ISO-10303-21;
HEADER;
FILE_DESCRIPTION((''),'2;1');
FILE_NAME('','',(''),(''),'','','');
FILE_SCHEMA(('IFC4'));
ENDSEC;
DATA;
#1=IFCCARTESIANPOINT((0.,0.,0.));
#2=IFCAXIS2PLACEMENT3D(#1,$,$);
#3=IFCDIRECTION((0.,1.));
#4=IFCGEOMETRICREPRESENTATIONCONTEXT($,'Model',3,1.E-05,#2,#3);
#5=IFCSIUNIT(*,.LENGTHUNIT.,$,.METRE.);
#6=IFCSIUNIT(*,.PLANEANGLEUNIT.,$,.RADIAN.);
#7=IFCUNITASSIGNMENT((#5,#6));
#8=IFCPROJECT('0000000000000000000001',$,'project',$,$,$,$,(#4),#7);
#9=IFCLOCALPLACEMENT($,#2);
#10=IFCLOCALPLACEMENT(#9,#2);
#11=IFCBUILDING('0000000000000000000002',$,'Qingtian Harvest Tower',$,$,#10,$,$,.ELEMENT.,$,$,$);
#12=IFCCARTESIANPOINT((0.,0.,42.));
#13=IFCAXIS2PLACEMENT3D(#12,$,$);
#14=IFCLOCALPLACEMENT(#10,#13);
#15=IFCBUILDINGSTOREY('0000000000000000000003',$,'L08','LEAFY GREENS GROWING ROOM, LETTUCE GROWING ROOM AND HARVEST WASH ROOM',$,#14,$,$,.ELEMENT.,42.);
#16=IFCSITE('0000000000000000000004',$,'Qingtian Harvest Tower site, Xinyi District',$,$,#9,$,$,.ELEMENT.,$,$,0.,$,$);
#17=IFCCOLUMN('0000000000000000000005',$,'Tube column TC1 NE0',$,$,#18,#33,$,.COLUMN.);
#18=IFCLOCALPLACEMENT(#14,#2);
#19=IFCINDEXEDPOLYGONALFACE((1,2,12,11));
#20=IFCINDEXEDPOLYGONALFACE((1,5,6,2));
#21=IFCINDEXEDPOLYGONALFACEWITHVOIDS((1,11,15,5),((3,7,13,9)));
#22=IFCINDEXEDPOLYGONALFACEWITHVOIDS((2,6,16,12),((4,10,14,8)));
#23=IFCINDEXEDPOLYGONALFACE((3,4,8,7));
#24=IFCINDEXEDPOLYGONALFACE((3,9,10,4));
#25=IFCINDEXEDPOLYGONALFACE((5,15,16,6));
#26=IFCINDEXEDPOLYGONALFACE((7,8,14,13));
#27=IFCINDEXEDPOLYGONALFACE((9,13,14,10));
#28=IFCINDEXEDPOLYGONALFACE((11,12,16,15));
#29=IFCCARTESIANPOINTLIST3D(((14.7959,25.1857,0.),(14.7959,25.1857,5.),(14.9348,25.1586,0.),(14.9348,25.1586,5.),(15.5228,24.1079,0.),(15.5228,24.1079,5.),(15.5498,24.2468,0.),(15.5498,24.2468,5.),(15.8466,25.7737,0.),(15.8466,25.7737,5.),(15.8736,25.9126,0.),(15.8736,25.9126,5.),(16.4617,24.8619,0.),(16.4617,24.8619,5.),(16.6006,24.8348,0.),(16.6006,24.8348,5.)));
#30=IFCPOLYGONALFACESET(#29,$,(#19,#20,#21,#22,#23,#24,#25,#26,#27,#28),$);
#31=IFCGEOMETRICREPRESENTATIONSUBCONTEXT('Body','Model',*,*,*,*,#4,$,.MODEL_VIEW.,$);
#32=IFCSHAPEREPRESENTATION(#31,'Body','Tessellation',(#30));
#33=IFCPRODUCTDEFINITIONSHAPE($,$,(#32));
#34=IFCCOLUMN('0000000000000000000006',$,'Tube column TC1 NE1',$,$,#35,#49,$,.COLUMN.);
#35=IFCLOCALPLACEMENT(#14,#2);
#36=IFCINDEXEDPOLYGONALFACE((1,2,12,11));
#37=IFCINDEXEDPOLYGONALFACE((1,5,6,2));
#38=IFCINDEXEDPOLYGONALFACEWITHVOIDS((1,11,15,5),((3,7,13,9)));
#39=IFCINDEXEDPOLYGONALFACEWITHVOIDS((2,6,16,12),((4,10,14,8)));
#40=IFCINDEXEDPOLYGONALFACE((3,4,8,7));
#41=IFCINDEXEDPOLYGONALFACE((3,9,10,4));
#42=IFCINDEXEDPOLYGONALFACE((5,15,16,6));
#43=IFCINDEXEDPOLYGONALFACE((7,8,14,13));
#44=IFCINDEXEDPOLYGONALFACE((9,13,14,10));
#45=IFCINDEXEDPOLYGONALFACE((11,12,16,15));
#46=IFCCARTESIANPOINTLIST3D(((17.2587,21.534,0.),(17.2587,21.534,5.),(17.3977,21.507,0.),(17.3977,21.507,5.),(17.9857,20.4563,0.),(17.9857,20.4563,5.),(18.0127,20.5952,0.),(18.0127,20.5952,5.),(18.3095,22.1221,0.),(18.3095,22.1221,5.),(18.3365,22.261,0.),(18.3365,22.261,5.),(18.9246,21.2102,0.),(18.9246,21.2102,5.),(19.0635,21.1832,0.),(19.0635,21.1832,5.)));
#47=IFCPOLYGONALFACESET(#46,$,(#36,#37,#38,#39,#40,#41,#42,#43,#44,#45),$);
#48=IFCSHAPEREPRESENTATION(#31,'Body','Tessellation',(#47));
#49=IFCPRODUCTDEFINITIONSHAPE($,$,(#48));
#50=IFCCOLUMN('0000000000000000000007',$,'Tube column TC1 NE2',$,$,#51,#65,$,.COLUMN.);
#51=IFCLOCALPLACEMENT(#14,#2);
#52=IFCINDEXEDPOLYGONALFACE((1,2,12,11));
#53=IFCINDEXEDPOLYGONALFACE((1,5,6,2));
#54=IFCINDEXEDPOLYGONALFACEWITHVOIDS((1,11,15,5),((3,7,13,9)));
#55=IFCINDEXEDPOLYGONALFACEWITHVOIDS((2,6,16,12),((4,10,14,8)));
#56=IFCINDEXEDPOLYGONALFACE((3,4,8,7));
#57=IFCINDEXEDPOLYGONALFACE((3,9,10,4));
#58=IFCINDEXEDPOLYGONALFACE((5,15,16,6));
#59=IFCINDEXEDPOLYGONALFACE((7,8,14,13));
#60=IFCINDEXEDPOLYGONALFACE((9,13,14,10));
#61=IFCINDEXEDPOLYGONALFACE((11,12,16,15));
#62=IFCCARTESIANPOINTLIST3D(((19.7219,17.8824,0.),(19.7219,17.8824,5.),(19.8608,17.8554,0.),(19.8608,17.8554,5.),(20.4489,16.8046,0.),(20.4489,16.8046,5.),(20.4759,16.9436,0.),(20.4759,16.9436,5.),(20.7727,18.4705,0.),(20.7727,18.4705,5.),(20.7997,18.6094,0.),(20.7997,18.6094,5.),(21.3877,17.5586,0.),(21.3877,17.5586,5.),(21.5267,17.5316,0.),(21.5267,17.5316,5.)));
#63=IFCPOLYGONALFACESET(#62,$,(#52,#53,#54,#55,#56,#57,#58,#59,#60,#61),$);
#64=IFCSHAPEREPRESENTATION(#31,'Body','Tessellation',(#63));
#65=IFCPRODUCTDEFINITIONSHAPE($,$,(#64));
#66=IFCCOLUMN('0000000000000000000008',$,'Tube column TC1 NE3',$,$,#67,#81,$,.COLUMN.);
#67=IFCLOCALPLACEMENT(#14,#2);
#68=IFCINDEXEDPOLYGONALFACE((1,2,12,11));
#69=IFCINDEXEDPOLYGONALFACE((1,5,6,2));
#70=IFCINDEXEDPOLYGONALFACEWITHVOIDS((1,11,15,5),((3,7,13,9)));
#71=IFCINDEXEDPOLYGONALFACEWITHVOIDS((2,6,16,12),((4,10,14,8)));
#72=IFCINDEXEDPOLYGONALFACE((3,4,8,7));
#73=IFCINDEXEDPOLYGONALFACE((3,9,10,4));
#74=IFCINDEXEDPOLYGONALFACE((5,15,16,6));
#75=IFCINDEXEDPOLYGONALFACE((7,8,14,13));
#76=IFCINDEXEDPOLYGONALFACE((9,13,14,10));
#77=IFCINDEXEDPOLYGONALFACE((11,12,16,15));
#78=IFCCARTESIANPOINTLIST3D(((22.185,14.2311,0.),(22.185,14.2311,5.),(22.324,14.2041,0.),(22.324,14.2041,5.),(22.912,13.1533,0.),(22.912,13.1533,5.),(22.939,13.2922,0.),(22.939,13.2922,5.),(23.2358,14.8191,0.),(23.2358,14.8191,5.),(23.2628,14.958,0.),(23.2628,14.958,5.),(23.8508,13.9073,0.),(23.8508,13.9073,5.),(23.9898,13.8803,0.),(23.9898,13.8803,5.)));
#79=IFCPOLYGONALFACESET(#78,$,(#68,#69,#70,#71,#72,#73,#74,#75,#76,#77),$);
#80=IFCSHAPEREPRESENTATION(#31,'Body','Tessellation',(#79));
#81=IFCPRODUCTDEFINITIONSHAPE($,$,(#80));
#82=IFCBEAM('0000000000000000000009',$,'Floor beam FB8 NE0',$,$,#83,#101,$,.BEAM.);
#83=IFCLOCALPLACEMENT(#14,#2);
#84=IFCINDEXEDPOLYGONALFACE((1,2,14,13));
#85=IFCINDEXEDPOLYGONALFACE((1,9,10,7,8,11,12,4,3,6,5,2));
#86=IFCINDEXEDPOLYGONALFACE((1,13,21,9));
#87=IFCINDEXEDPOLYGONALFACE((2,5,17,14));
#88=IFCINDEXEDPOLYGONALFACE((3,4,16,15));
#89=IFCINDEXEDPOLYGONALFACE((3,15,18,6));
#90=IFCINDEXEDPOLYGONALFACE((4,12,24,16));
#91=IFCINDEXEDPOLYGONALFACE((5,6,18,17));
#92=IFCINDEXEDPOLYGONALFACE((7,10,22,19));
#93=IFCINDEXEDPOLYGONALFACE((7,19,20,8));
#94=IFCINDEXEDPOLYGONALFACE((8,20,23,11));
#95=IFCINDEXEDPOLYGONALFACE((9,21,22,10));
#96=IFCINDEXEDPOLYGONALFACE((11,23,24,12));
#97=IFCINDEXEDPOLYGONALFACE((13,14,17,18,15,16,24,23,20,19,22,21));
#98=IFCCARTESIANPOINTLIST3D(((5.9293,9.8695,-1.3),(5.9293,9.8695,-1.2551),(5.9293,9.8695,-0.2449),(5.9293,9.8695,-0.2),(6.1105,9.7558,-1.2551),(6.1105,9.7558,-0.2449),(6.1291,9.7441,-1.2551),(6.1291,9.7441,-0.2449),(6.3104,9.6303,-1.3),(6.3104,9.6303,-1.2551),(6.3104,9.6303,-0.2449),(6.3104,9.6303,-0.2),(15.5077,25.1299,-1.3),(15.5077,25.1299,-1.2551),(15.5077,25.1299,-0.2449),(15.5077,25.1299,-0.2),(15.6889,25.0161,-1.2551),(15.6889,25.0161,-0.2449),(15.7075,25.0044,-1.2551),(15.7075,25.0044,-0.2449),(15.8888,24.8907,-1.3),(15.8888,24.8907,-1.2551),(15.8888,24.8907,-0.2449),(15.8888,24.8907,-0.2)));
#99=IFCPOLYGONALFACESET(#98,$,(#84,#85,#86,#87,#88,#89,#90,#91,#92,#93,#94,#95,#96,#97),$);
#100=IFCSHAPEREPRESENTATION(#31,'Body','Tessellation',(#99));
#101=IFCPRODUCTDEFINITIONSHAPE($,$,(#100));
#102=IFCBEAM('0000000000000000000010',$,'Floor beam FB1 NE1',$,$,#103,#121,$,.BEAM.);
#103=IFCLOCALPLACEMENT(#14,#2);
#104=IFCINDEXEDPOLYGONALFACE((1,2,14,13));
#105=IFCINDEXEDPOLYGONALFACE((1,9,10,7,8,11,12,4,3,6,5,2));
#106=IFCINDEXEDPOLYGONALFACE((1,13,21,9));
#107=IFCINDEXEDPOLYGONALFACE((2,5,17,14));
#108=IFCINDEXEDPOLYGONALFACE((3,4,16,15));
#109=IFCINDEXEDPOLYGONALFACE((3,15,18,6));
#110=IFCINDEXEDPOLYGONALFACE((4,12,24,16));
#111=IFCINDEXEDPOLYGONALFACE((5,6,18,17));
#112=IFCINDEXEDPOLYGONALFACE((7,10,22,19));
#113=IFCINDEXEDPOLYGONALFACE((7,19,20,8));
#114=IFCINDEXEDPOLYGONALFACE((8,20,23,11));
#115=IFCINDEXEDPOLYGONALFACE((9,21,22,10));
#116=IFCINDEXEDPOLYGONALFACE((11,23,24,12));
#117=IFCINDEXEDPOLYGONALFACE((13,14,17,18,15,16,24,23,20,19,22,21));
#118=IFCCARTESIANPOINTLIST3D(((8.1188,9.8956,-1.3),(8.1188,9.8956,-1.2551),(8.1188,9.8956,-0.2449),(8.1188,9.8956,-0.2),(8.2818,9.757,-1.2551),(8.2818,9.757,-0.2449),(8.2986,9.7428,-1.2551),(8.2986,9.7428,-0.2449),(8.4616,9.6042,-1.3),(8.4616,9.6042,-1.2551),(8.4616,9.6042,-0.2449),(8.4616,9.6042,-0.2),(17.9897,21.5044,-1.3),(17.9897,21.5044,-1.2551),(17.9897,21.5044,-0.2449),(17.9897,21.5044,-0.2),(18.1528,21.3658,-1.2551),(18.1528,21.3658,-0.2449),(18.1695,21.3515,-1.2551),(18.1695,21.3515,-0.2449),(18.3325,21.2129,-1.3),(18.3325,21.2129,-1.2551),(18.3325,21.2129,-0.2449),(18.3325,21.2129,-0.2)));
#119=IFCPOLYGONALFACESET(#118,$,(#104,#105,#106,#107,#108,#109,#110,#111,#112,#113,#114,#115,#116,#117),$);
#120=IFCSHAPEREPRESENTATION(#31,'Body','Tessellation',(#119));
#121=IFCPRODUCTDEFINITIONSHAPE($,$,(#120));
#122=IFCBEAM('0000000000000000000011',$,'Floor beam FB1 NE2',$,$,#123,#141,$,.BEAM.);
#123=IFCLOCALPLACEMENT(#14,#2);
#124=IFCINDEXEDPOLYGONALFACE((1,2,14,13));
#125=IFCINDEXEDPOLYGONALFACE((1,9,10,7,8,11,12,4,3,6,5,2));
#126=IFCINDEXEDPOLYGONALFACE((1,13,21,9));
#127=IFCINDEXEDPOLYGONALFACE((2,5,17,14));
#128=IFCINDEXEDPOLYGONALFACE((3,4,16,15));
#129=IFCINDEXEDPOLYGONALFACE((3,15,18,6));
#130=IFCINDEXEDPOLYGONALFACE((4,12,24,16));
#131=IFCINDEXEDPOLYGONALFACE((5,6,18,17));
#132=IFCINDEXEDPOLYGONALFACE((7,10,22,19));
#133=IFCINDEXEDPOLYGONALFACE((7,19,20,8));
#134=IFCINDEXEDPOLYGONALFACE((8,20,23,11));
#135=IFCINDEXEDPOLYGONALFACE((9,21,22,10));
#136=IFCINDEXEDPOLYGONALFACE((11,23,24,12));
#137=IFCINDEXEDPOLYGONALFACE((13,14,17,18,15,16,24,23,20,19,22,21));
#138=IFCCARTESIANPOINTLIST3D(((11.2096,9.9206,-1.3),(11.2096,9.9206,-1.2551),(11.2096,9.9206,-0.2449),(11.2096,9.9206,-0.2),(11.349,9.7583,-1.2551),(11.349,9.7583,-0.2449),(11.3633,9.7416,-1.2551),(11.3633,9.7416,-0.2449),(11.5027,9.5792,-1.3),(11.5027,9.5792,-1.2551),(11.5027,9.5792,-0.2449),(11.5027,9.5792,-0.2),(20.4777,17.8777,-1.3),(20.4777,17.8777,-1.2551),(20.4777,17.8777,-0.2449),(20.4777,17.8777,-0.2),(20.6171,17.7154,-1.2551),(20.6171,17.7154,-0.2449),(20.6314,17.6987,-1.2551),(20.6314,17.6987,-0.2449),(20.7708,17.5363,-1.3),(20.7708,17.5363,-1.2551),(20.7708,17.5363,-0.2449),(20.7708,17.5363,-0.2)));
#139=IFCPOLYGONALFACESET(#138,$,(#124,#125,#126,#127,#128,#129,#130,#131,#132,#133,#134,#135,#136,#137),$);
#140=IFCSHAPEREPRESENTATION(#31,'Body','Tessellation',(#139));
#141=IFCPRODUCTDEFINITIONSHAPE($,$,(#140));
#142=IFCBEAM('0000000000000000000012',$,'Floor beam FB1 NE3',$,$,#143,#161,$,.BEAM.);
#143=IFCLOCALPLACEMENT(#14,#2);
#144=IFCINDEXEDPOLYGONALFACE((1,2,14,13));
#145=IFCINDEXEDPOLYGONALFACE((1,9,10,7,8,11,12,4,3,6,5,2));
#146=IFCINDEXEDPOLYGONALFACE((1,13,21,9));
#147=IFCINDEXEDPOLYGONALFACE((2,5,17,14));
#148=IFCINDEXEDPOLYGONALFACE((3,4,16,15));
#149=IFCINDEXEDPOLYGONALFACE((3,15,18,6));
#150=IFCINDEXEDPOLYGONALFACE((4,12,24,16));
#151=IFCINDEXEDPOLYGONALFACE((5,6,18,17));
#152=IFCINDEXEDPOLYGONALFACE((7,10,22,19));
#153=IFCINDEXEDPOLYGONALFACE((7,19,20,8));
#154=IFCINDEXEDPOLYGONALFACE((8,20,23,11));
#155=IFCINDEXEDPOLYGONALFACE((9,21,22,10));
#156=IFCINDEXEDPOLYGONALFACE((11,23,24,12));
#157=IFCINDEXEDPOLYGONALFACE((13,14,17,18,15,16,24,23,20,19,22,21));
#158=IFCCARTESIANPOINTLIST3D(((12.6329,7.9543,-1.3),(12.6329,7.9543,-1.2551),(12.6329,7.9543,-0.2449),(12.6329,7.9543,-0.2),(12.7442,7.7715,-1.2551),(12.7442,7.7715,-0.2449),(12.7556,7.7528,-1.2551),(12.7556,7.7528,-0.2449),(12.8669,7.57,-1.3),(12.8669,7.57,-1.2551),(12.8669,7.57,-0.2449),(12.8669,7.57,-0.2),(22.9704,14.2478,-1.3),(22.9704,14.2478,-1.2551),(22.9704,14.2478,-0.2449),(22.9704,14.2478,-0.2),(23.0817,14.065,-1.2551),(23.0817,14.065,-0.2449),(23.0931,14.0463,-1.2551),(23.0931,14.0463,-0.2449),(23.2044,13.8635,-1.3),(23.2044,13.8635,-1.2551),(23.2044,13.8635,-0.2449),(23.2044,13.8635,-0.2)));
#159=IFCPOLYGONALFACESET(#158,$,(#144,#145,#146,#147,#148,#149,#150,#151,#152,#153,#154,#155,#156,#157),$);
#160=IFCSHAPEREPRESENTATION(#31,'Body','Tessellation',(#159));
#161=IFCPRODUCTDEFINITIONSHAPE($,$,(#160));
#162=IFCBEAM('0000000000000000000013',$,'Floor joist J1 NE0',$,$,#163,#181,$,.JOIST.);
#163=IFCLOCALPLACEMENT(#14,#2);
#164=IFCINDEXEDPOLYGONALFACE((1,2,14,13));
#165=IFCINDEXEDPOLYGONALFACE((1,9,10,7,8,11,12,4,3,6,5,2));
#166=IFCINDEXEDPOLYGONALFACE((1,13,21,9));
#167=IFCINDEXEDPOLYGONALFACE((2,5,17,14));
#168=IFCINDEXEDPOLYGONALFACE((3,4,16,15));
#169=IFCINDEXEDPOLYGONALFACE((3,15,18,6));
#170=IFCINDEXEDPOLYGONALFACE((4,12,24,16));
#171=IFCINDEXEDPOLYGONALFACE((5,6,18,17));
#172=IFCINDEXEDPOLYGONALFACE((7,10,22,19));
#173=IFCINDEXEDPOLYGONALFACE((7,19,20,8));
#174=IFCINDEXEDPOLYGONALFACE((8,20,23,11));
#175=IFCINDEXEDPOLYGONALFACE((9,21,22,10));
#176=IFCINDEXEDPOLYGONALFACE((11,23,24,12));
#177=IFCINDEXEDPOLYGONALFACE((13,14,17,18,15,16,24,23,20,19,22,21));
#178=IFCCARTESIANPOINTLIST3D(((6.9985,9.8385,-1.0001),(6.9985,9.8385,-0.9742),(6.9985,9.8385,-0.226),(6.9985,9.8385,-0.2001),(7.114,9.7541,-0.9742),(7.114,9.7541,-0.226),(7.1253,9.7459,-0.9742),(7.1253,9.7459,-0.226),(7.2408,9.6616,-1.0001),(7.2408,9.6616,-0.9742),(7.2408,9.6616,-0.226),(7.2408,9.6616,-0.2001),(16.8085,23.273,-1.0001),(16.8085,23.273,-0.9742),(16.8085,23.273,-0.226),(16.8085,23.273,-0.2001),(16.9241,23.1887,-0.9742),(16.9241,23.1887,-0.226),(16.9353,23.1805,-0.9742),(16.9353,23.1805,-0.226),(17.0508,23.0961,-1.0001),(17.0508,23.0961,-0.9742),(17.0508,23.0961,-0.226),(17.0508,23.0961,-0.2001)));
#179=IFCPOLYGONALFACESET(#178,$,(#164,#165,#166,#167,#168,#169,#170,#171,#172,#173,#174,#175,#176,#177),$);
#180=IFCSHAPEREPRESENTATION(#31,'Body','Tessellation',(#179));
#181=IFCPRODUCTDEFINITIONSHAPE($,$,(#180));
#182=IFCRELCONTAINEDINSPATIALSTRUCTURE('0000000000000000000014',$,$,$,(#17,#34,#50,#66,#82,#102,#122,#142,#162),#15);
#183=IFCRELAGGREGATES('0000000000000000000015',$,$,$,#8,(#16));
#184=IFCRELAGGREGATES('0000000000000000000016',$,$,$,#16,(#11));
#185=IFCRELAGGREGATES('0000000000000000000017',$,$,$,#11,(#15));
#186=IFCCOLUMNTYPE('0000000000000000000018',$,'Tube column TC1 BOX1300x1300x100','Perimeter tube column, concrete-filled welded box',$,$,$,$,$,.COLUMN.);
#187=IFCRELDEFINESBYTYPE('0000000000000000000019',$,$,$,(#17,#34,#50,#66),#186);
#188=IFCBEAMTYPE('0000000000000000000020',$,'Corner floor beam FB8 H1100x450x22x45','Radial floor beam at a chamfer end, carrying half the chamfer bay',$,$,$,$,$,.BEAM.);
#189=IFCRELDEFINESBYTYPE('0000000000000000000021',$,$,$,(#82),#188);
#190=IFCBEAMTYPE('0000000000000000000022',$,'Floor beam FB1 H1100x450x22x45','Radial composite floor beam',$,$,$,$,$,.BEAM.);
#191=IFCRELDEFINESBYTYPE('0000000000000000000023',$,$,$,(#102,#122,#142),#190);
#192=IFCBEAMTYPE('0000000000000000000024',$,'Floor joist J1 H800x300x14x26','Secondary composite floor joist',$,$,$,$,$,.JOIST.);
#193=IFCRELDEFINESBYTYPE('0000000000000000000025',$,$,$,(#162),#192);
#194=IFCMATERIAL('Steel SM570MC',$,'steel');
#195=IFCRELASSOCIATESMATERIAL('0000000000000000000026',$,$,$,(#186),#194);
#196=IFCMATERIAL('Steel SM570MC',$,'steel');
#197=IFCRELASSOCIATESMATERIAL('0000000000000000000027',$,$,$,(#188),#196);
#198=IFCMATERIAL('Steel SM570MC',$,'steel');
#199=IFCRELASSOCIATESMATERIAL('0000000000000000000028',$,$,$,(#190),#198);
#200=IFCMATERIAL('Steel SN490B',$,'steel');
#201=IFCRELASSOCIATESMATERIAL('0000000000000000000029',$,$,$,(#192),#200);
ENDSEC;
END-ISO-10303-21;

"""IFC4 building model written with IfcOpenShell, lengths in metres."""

from ifc_helpers import new_model, si_unit, direction, frame, origin, origin_2d, place, context, subcontext, project, spatial, hollow_rectangle, i_section, extrude, material, material_profile, profile_set, type_object, element, save


model = new_model("IFC4")

# Units and contexts
model_context = context("Model", 3, precision=1e-05, world=origin(), true_north=direction((0.0, 1.0)))
body_context = subcontext(model_context, "Body", "Model", "MODEL_VIEW")
ifc_project = project(units=[si_unit("LENGTHUNIT", "METRE"), si_unit("PLANEANGLEUNIT", "RADIAN")], contexts=[model_context])

# Site, building, storey
site_placement = place(None, origin())
site = spatial("IfcSite", under=ifc_project, at=site_placement, Name="Qingtian Harvest Tower site, Xinyi District", CompositionType="ELEMENT", RefElevation=0.0)
building_placement = place(site_placement, origin())
building = spatial("IfcBuilding", under=site, at=building_placement, Name="Qingtian Harvest Tower", CompositionType="ELEMENT")
storey_placement = place(building_placement, frame((0.0, 0.0, 42.0)))
storey = spatial("IfcBuildingStorey", under=building, at=storey_placement, Name="L08", Description="LEAFY GREENS GROWING ROOM, LETTUCE GROWING ROOM AND HARVEST WASH ROOM", CompositionType="ELEMENT", Elevation=42.0)

# Columns
ifc_material_1 = material(Name="Steel SM570MC", Category="steel")
ifc_material_profile_1 = material_profile(ifc_material_1, hollow_rectangle(XDim=1.3, YDim=1.3, WallThickness=0.1001, at=origin_2d()), Name="BOX1300x1300x100")
ifc_profile_set_1 = profile_set([ifc_material_profile_1], Name="Steel SM570MC")
column_type = type_object("IfcColumnType", Name="Tube column TC1 BOX1300x1300x100", Description="Perimeter tube column, concrete-filled welded box", PredefinedType="COLUMN", material=ifc_profile_set_1)
for number, where, z_axis, x_axis, name in (
    (1, (15.6982, 25.0103, 0.0), (0.0, 0.0, 1.0), (-0.559193, 0.829038, 0.0), "Tube column TC1 NE0"),
    (2, (18.1611, 21.3586, 0.0), (0.0, 0.0, 1.0), (-0.559193, 0.829038, 0.0), "Tube column TC1 NE1"),
    (3, (20.6243, 17.707, 0.0), (0.0, 0.0, 1.0), (-0.559193, 0.829038, 0.0), "Tube column TC1 NE2"),
    (4, (23.0874, 14.0557, 0.0), (0.0, 0.0, 1.0), (-0.559193, 0.829038, 0.0), "Tube column TC1 NE3"),
):
    element("IfcColumn", number, at=place(storey_placement, frame(where, z_axis=z_axis, x_axis=x_axis)), inside=storey, type_object=column_type, Name=name, PredefinedType="COLUMN", context=body_context, shape_type="SweptSolid", body=[
        extrude(hollow_rectangle(XDim=1.3, YDim=1.3, WallThickness=0.1001, at=origin_2d()), origin(), (0.0, 0.0, 1.0), 5.0),
    ])

# Beams
ifc_material_2 = material(Name="Steel SM570MC", Category="steel")
ifc_material_profile_2 = material_profile(ifc_material_2, i_section(OverallWidth=0.45, OverallDepth=1.1001, WebThickness=0.022, FlangeThickness=0.0449, at=origin_2d()), Name="H1100x450x22x45")
ifc_profile_set_2 = profile_set([ifc_material_profile_2], Name="Steel SM570MC")
beam_type_1 = type_object("IfcBeamType", Name="Corner floor beam FB8 H1100x450x22x45", Description="Radial floor beam at a chamfer end, carrying half the chamfer bay", PredefinedType="BEAM", material=ifc_profile_set_2)
beam_1_placement = place(storey_placement, frame((15.6982, 25.0103, -0.75), z_axis=(-0.531623, -0.846981, 0.0), x_axis=(0.846981, -0.531623, 0.0)))
element("IfcBeam", 5, at=beam_1_placement, inside=storey, type_object=beam_type_1, Name="Floor beam FB8 NE0", PredefinedType="BEAM", context=body_context, shape_type="SweptSolid", body=[
    extrude(i_section(OverallWidth=0.45, OverallDepth=1.1001, WebThickness=0.022, FlangeThickness=0.0449, at=origin_2d()), origin(), (0.0, 0.0, 1.0), 18.0173),
])
ifc_material_3 = material(Name="Steel SM570MC", Category="steel")
ifc_material_profile_3 = material_profile(ifc_material_3, i_section(OverallWidth=0.45, OverallDepth=1.1001, WebThickness=0.022, FlangeThickness=0.0449, at=origin_2d()), Name="H1100x450x22x45")
ifc_profile_set_3 = profile_set([ifc_material_profile_3], Name="Steel SM570MC")
beam_type_2 = type_object("IfcBeamType", Name="Floor beam FB1 H1100x450x22x45", Description="Radial composite floor beam", PredefinedType="BEAM", material=ifc_profile_set_3)
beam_2_placement = place(storey_placement, frame((18.1611, 21.3586, -0.75), z_axis=(-0.647782, -0.761826, 0.0), x_axis=(0.761826, -0.647782, 0.0)))
element("IfcBeam", 6, at=beam_2_placement, inside=storey, type_object=beam_type_2, Name="Floor beam FB1 NE1", PredefinedType="BEAM", context=body_context, shape_type="SweptSolid", body=[
    extrude(i_section(OverallWidth=0.45, OverallDepth=1.1001, WebThickness=0.022, FlangeThickness=0.0449, at=origin_2d()), origin(), (0.0, 0.0, 1.0), 15.238),
])
beam_3_placement = place(storey_placement, frame((20.6243, 17.707, -0.75), z_axis=(-0.758732, -0.651403, 0.0), x_axis=(0.651403, -0.758732, 0.0)))
element("IfcBeam", 7, at=beam_3_placement, inside=storey, type_object=beam_type_2, Name="Floor beam FB1 NE2", PredefinedType="BEAM", context=body_context, shape_type="SweptSolid", body=[
    extrude(i_section(OverallWidth=0.45, OverallDepth=1.1001, WebThickness=0.022, FlangeThickness=0.0449, at=origin_2d()), origin(), (0.0, 0.0, 1.0), 12.2153),
])
beam_4_placement = place(storey_placement, frame((23.0874, 14.0557, -0.75), z_axis=(-0.854157, -0.520015, 0.0), x_axis=(0.520015, -0.854157, 0.0)))
element("IfcBeam", 8, at=beam_4_placement, inside=storey, type_object=beam_type_2, Name="Floor beam FB1 NE3", PredefinedType="BEAM", context=body_context, shape_type="SweptSolid", body=[
    extrude(i_section(OverallWidth=0.45, OverallDepth=1.1001, WebThickness=0.022, FlangeThickness=0.0449, at=origin_2d()), origin(), (0.0, 0.0, 1.0), 12.1025),
])
ifc_material_4 = material(Name="Steel SN490B", Category="steel")
ifc_material_profile_4 = material_profile(ifc_material_4, i_section(OverallWidth=0.3, OverallDepth=0.8, WebThickness=0.0139, FlangeThickness=0.0259, at=origin_2d()), Name="H800x300x14x26")
ifc_profile_set_4 = profile_set([ifc_material_profile_4], Name="Steel SN490B")
beam_type_3 = type_object("IfcBeamType", Name="Floor joist J1 H800x300x14x26", Description="Secondary composite floor joist", PredefinedType="JOIST", material=ifc_profile_set_4)
beam_5_placement = place(storey_placement, frame((16.9297, 23.1846, -0.6001), z_axis=(-0.589722, -0.807606, 0.0), x_axis=(0.807606, -0.589722, 0.0)))
element("IfcBeam", 9, at=beam_5_placement, inside=storey, type_object=beam_type_3, Name="Floor joist J1 NE0", PredefinedType="JOIST", context=body_context, shape_type="SweptSolid", body=[
    extrude(i_section(OverallWidth=0.3, OverallDepth=0.8, WebThickness=0.0139, FlangeThickness=0.0259, at=origin_2d()), origin(), (0.0, 0.0, 1.0), 16.635),
])

save(model, "model.ifc")
